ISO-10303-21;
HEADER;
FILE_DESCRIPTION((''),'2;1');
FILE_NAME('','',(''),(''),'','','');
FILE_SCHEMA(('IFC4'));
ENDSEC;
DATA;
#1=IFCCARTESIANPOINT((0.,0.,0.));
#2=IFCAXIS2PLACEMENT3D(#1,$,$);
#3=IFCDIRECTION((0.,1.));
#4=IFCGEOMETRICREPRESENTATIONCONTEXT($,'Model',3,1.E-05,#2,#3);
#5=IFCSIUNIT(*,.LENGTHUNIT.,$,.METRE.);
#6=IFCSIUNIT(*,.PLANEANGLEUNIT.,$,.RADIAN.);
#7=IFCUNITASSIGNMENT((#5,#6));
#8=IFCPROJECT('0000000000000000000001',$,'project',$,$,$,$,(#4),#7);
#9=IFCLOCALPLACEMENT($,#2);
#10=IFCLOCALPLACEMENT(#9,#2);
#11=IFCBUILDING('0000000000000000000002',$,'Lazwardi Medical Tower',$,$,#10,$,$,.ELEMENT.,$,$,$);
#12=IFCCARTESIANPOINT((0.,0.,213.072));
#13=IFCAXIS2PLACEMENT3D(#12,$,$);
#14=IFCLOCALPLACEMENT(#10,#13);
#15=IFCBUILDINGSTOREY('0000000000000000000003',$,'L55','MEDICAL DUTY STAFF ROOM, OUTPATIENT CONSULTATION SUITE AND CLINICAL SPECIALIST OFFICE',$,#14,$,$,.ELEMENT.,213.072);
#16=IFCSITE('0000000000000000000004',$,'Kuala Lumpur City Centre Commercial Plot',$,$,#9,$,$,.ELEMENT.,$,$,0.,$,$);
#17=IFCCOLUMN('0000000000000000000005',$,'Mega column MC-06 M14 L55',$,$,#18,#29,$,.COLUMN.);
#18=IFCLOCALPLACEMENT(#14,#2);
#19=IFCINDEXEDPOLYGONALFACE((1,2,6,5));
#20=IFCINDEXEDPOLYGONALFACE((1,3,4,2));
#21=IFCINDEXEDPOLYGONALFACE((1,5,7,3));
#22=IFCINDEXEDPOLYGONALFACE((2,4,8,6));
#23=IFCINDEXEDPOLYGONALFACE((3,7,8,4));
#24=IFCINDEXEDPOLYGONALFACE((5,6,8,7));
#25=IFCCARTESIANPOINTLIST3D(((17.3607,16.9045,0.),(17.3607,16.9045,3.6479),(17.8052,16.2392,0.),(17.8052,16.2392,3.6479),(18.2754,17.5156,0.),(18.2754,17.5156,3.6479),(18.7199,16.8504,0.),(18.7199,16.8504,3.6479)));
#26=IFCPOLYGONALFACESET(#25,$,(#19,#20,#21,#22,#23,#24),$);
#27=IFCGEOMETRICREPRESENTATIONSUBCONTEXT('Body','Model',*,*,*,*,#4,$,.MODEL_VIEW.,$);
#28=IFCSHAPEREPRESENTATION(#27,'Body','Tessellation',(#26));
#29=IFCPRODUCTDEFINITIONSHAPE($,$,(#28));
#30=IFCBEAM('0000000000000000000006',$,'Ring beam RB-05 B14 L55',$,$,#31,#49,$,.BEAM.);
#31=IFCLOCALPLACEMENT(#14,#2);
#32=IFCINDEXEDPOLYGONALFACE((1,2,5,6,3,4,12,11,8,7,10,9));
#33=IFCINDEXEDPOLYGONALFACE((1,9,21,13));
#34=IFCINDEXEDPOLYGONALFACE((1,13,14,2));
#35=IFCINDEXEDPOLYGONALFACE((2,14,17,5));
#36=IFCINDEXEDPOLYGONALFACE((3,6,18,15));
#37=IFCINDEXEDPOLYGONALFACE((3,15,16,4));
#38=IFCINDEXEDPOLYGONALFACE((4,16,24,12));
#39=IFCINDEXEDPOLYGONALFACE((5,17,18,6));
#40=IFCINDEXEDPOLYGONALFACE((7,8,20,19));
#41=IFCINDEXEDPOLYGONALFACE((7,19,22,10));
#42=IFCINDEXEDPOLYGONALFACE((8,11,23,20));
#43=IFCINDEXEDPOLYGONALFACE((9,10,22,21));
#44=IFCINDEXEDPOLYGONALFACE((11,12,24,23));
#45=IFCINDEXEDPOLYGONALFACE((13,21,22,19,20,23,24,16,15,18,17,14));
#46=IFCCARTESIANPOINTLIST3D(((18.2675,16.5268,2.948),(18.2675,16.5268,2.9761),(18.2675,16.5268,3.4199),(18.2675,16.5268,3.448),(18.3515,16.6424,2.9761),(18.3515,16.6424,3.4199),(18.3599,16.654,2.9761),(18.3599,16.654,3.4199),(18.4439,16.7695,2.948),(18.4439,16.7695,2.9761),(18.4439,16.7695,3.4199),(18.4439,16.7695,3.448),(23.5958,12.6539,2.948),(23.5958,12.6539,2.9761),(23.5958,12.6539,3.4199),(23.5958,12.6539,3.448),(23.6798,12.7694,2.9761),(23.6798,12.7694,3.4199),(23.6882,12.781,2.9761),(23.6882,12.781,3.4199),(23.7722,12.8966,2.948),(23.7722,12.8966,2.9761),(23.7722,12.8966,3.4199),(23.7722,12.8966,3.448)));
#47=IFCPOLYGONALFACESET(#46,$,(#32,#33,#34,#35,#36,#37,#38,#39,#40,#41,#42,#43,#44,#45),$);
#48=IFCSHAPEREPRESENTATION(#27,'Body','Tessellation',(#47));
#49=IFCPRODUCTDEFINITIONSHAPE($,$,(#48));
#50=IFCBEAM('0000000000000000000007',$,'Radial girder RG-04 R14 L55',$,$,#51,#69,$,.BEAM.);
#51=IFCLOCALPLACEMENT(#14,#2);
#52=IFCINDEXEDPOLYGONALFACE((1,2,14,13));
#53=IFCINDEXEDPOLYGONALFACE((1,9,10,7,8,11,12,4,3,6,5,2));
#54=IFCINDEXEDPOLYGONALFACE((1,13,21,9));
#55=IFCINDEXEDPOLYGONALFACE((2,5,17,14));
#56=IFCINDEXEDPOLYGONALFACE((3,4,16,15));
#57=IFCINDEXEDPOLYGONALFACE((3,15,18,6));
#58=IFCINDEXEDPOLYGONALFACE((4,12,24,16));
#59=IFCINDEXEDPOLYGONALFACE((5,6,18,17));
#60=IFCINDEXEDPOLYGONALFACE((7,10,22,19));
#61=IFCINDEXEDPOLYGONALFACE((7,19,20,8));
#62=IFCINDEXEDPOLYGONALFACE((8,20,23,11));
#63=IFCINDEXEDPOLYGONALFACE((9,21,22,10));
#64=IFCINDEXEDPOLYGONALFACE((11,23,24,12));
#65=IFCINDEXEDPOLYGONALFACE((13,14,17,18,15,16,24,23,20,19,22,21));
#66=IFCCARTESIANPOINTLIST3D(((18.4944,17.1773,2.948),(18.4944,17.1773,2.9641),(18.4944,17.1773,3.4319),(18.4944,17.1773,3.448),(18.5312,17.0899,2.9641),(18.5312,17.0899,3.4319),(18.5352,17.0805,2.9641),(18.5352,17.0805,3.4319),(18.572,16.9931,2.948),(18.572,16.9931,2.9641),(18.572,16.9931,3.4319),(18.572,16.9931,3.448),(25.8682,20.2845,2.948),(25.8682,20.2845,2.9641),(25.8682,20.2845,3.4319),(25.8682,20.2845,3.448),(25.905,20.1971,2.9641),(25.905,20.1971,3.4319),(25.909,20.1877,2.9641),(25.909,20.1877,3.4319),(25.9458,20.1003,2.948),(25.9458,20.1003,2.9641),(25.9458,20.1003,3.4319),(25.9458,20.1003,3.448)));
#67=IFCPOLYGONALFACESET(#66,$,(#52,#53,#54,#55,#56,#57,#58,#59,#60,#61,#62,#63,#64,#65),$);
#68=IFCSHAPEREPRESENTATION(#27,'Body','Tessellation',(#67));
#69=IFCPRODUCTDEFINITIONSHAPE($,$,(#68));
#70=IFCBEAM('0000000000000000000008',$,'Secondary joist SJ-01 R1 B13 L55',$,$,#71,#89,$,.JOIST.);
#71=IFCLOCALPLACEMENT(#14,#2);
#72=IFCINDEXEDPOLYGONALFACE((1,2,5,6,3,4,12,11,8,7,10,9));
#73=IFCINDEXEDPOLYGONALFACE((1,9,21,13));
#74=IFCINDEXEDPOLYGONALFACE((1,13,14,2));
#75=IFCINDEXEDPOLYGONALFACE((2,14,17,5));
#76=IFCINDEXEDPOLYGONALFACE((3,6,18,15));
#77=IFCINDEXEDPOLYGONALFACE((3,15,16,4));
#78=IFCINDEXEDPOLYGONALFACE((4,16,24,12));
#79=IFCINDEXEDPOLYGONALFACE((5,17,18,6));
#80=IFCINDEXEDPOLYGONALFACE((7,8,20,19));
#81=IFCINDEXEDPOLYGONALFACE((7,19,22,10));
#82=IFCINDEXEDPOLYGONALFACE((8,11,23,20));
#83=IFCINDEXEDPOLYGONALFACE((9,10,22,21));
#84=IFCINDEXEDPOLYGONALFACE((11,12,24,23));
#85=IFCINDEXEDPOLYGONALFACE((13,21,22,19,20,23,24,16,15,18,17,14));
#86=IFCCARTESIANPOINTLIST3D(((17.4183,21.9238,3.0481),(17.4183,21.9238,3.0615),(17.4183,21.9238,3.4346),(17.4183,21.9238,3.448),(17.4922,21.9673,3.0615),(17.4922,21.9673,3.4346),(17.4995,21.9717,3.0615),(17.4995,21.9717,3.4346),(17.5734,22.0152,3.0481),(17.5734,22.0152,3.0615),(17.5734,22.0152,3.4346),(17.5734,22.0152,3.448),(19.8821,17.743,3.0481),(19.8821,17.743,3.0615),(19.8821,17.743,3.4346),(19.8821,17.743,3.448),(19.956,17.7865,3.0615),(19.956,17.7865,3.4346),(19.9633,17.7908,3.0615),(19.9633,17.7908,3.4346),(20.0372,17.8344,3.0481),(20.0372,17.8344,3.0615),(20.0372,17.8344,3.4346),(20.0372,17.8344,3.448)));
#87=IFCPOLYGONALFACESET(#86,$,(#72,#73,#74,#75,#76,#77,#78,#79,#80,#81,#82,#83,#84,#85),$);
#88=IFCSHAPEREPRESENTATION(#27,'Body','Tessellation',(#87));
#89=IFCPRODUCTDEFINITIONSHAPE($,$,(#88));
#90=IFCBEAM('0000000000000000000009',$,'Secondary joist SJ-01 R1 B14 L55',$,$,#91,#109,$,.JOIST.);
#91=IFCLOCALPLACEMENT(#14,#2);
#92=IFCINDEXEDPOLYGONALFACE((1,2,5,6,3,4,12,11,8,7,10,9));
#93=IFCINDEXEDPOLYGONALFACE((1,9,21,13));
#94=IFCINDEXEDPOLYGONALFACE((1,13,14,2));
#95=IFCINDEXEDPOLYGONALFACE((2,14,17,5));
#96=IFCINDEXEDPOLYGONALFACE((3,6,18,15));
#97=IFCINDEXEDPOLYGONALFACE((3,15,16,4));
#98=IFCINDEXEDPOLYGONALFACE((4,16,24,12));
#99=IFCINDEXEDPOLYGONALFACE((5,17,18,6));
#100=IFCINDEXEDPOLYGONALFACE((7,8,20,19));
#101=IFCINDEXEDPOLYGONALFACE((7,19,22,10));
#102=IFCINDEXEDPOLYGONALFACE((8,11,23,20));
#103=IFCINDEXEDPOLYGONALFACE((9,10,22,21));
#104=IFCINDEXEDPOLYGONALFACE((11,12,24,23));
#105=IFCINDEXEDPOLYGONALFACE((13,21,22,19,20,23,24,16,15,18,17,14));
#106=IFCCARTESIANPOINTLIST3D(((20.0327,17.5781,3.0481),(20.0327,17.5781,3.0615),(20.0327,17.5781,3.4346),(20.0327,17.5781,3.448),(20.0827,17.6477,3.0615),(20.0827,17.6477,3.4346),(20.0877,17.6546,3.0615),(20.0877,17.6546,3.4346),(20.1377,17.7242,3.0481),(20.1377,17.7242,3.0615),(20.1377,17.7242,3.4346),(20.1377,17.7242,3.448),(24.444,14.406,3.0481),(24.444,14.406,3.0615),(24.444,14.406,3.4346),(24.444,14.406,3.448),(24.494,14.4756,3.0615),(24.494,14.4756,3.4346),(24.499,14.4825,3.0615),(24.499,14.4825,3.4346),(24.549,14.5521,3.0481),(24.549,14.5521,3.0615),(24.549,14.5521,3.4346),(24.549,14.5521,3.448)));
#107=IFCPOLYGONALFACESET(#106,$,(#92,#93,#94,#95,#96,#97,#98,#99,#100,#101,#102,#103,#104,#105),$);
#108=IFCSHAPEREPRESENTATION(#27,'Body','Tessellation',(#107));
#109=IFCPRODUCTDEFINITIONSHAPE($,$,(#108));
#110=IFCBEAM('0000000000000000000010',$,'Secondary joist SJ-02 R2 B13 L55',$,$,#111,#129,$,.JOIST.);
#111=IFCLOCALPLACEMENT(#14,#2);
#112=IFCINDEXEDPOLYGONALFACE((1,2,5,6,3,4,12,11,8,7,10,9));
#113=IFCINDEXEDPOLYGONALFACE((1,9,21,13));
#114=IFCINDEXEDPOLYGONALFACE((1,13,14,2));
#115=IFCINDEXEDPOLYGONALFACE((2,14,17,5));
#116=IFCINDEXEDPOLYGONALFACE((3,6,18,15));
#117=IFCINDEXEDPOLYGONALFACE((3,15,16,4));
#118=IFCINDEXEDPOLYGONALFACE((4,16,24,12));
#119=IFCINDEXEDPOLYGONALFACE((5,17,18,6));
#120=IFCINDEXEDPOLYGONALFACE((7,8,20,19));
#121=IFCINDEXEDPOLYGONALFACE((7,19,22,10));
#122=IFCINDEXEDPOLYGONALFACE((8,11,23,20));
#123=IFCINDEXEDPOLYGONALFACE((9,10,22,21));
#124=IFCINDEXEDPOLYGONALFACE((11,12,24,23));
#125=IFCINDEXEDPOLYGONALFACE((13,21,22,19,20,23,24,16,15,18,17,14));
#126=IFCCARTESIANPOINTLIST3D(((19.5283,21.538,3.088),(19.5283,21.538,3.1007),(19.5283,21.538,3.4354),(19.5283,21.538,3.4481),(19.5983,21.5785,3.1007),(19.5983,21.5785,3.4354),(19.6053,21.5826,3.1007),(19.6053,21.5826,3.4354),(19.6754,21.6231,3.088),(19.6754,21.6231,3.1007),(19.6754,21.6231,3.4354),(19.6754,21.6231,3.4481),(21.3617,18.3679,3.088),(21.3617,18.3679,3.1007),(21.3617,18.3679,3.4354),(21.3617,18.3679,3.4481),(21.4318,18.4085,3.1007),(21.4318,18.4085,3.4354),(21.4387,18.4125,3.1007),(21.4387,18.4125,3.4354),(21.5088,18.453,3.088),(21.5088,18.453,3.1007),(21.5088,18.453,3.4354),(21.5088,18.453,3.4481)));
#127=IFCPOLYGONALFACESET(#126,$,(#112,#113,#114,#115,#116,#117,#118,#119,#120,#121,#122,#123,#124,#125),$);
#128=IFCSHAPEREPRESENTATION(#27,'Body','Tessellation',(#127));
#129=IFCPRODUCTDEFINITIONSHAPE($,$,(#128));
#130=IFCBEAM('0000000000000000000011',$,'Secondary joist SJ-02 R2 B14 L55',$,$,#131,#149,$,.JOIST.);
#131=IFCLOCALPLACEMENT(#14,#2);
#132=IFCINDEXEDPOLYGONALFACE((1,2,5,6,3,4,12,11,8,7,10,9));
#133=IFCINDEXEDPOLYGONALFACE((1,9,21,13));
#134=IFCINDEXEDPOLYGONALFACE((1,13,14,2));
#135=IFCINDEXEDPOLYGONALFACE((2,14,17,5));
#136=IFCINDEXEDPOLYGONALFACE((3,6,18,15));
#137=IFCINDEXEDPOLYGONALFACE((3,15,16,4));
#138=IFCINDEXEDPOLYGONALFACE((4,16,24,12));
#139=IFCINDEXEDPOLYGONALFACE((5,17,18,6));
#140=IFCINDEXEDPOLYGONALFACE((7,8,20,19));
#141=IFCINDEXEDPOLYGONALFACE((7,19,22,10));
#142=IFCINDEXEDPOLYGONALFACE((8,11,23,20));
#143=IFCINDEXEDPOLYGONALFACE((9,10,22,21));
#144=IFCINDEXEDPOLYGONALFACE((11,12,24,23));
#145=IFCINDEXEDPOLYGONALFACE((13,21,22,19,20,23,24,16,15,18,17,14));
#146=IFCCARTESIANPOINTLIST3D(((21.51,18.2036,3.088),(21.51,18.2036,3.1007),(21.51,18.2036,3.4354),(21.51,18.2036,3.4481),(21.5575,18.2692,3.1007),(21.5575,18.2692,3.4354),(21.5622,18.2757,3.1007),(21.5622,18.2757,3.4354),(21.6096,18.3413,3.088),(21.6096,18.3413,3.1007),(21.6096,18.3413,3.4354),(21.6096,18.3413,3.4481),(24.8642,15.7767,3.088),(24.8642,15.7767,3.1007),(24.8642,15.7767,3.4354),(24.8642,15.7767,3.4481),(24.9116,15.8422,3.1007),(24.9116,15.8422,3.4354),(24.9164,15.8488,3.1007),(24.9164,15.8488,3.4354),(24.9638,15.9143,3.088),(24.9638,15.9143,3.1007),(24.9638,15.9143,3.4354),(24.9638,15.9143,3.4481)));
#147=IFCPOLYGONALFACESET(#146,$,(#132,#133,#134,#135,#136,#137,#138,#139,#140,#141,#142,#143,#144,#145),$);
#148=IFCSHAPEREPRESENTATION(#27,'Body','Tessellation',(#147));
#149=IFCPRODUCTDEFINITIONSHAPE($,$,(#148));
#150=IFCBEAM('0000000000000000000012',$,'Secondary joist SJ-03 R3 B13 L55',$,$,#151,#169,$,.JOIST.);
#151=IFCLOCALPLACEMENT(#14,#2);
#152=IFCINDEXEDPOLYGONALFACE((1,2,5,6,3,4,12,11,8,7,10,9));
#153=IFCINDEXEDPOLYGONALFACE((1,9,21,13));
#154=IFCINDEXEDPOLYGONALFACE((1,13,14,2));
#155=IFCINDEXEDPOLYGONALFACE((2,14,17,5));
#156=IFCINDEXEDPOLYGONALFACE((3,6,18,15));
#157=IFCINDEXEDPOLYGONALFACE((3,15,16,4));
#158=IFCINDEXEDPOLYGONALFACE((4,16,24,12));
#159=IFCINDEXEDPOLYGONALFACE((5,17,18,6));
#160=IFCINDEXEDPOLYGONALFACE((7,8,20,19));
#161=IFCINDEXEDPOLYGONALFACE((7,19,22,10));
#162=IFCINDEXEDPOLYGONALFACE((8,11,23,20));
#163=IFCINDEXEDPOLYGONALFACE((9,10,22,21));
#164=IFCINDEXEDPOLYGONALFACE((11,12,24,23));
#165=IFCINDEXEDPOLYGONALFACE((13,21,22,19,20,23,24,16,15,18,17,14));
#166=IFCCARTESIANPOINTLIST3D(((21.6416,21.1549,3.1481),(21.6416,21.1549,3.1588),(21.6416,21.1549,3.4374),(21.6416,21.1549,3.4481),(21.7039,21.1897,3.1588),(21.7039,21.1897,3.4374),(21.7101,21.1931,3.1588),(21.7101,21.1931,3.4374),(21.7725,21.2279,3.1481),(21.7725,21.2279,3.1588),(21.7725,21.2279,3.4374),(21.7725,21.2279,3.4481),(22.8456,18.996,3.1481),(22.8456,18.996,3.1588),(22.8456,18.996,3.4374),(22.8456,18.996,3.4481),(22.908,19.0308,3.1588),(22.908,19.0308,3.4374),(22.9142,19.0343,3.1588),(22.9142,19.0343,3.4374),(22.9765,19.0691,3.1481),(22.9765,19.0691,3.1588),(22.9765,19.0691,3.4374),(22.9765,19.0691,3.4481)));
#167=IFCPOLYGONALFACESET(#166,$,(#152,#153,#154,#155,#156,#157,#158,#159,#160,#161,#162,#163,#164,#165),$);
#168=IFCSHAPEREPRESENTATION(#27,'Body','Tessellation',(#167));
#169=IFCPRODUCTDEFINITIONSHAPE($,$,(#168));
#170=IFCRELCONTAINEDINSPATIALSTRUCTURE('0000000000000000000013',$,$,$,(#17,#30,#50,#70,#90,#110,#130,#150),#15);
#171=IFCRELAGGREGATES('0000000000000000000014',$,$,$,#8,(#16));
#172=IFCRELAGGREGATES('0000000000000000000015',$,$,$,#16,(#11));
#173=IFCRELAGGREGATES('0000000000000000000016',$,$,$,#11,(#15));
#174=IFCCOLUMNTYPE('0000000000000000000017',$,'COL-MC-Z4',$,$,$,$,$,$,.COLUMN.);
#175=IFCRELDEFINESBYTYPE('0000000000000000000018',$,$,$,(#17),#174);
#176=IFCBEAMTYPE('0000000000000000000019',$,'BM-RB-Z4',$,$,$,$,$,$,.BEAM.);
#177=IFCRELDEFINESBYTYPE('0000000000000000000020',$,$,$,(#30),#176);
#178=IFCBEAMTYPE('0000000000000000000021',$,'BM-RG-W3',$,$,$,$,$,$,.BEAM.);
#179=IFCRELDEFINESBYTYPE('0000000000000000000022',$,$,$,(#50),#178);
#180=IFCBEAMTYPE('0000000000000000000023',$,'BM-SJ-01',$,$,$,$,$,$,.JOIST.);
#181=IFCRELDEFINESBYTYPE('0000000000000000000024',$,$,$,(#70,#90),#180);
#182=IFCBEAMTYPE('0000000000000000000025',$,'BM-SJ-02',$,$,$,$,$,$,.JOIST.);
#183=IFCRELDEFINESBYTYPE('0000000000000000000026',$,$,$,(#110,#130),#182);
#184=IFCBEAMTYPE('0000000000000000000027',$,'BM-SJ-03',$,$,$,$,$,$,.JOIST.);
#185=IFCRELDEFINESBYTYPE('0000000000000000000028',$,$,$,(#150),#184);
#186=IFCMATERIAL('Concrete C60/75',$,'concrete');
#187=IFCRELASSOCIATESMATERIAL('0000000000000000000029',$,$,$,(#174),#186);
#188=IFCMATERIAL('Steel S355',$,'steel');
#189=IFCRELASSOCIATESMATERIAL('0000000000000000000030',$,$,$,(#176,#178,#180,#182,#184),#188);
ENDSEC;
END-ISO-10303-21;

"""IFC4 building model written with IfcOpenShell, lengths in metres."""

from ifc_helpers import new_model, si_unit, direction, frame, origin, origin_2d, place, context, subcontext, project, spatial, rectangle, i_section, extrude, material, material_profile, profile_set, type_object, element, save


model = new_model("IFC4")

# Units and contexts
model_context = context("Model", 3, precision=1e-05, world=origin(), true_north=direction((0.0, 1.0)))
body_context = subcontext(model_context, "Body", "Model", "MODEL_VIEW")
ifc_project = project(units=[si_unit("LENGTHUNIT", "METRE"), si_unit("PLANEANGLEUNIT", "RADIAN")], contexts=[model_context])

# Site, building, storey
site_placement = place(None, origin())
site = spatial("IfcSite", under=ifc_project, at=site_placement, Name="Kuala Lumpur City Centre Commercial Plot", CompositionType="ELEMENT", RefElevation=0.0)
building_placement = place(site_placement, origin())
building = spatial("IfcBuilding", under=site, at=building_placement, Name="Lazwardi Medical Tower", CompositionType="ELEMENT")
storey_placement = place(building_placement, frame((0.0, 0.0, 213.072)))
storey = spatial("IfcBuildingStorey", under=building, at=storey_placement, Name="L55", Description="MEDICAL DUTY STAFF ROOM, OUTPATIENT CONSULTATION SUITE AND CLINICAL SPECIALIST OFFICE", CompositionType="ELEMENT", Elevation=213.072)

# Column
ifc_material_1 = material(Name="Concrete C60/75", Category="concrete")
ifc_material_profile_1 = material_profile(ifc_material_1, rectangle(XDim=1.1001, YDim=0.8, at=origin_2d()), Name="CFT-RECT 1100x800")
ifc_profile_set_1 = profile_set([ifc_material_profile_1], Name="Concrete C60/75")
column_type = type_object("IfcColumnType", Name="COL-MC-Z4", PredefinedType="COLUMN", material=ifc_profile_set_1)
column_placement = place(storey_placement, frame((18.0403, 16.8774, 0.0), z_axis=(0.0, 0.0, 1.0), x_axis=(-0.83147, -0.55557, 0.0)))
element("IfcColumn", 1, at=column_placement, inside=storey, type_object=column_type, Name="Mega column MC-06 M14 L55", PredefinedType="COLUMN", context=body_context, shape_type="SweptSolid", body=[
    extrude(rectangle(XDim=1.1001, YDim=0.8, at=origin_2d()), origin(), (0.0, 0.0, 1.0), 3.6479),
])

# Beams
ifc_material_2 = material(Name="Steel S355", Category="steel")
ifc_material_profile_2 = material_profile(ifc_material_2, i_section(OverallWidth=0.3, OverallDepth=0.5, WebThickness=0.0144, FlangeThickness=0.0281, at=origin_2d()), Name="HEB 500")
ifc_profile_set_2 = profile_set([ifc_material_profile_2], Name="Steel S355")
beam_type_1 = type_object("IfcBeamType", Name="BM-RB-Z4", PredefinedType="BEAM", material=ifc_profile_set_2)
beam_1_placement = place(storey_placement, frame((18.3557, 16.6482, 3.198), z_axis=(0.80889, -0.58796, 0.0), x_axis=(0.58796, 0.80889, 0.0)))
element("IfcBeam", 2, at=beam_1_placement, inside=storey, type_object=beam_type_1, Name="Ring beam RB-05 B14 L55", PredefinedType="BEAM", context=body_context, shape_type="SweptSolid", body=[
    extrude(i_section(OverallWidth=0.3, OverallDepth=0.5, WebThickness=0.0144, FlangeThickness=0.0281, at=origin_2d()), origin(), (0.0, 0.0, 1.0), 6.5872),
])
ifc_material_profile_3 = material_profile(ifc_material_2, i_section(OverallWidth=0.2, OverallDepth=0.5, WebThickness=0.0103, FlangeThickness=0.0161, at=origin_2d()), Name="IPE 500")
ifc_profile_set_3 = profile_set([ifc_material_profile_3], Name="Steel S355")
beam_type_2 = type_object("IfcBeamType", Name="BM-RG-W3", PredefinedType="BEAM", material=ifc_profile_set_3)
beam_2_placement = place(storey_placement, frame((18.5332, 17.0852, 3.198), z_axis=(0.921527, 0.388315, 0.0), x_axis=(-0.388315, 0.921527, 0.0)))
element("IfcBeam", 3, at=beam_2_placement, inside=storey, type_object=beam_type_2, Name="Radial girder RG-04 R14 L55", PredefinedType="BEAM", context=body_context, shape_type="SweptSolid", body=[
    extrude(i_section(OverallWidth=0.2, OverallDepth=0.5, WebThickness=0.0103, FlangeThickness=0.0161, at=origin_2d()), origin(), (0.0, 0.0, 1.0), 8.0017),
])
ifc_material_profile_4 = material_profile(ifc_material_2, i_section(OverallWidth=0.1799, OverallDepth=0.3999, WebThickness=0.0085, FlangeThickness=0.0134, at=origin_2d()), Name="IPE 400")
ifc_profile_set_4 = profile_set([ifc_material_profile_4], Name="Steel S355")
beam_type_3 = type_object("IfcBeamType", Name="BM-SJ-01", PredefinedType="JOIST", material=ifc_profile_set_4)
beam_3_placement = place(storey_placement, frame((17.4958, 21.9695, 3.248), z_axis=(0.50771, -0.861528, 0.0), x_axis=(0.861528, 0.50771, 0.0)))
element("IfcBeam", 4, at=beam_3_placement, inside=storey, type_object=beam_type_3, Name="Secondary joist SJ-01 R1 B13 L55", PredefinedType="JOIST", context=body_context, shape_type="SweptSolid", body=[
    extrude(i_section(OverallWidth=0.1799, OverallDepth=0.3999, WebThickness=0.0085, FlangeThickness=0.0134, at=origin_2d()), origin(), (0.0, 0.0, 1.0), 4.8528),
])
beam_4_placement = place(storey_placement, frame((20.0852, 17.6511, 3.248), z_axis=(0.81189, -0.583811, 0.0), x_axis=(0.583811, 0.81189, 0.0)))
element("IfcBeam", 5, at=beam_4_placement, inside=storey, type_object=beam_type_3, Name="Secondary joist SJ-01 R1 B14 L55", PredefinedType="JOIST", context=body_context, shape_type="SweptSolid", body=[
    extrude(i_section(OverallWidth=0.1799, OverallDepth=0.3999, WebThickness=0.0085, FlangeThickness=0.0134, at=origin_2d()), origin(), (0.0, 0.0, 1.0), 5.4333),
])
ifc_material_profile_5 = material_profile(ifc_material_2, i_section(OverallWidth=0.1699, OverallDepth=0.3601, WebThickness=0.0081, FlangeThickness=0.0127, at=origin_2d()), Name="IPE 360")
ifc_profile_set_5 = profile_set([ifc_material_profile_5], Name="Steel S355")
beam_type_4 = type_object("IfcBeamType", Name="BM-SJ-02", PredefinedType="JOIST", material=ifc_profile_set_5)
beam_5_placement = place(storey_placement, frame((19.6018, 21.5806, 3.2681), z_axis=(0.500655, -0.865647, 0.0), x_axis=(0.865647, 0.500655, 0.0)))
element("IfcBeam", 6, at=beam_5_placement, inside=storey, type_object=beam_type_4, Name="Secondary joist SJ-02 R2 B13 L55", PredefinedType="JOIST", context=body_context, shape_type="SweptSolid", body=[
    extrude(i_section(OverallWidth=0.1699, OverallDepth=0.3601, WebThickness=0.0081, FlangeThickness=0.0127, at=origin_2d()), origin(), (0.0, 0.0, 1.0), 3.6621),
])
beam_6_placement = place(storey_placement, frame((21.5598, 18.2725, 3.2681), z_axis=(0.810164, -0.586203, 0.0), x_axis=(0.586203, 0.810164, 0.0)))
element("IfcBeam", 7, at=beam_6_placement, inside=storey, type_object=beam_type_4, Name="Secondary joist SJ-02 R2 B14 L55", PredefinedType="JOIST", context=body_context, shape_type="SweptSolid", body=[
    extrude(i_section(OverallWidth=0.1699, OverallDepth=0.3601, WebThickness=0.0081, FlangeThickness=0.0127, at=origin_2d()), origin(), (0.0, 0.0, 1.0), 4.1401),
])
ifc_material_profile_6 = material_profile(ifc_material_2, i_section(OverallWidth=0.1499, OverallDepth=0.3, WebThickness=0.0071, FlangeThickness=0.0107, at=origin_2d()), Name="IPE 300")
ifc_profile_set_6 = profile_set([ifc_material_profile_6], Name="Steel S355")
beam_type_5 = type_object("IfcBeamType", Name="BM-SJ-03", PredefinedType="JOIST", material=ifc_profile_set_6)
beam_7_placement = place(storey_placement, frame((21.707, 21.1914, 3.2981), z_axis=(0.487093, -0.87335, 0.0), x_axis=(0.87335, 0.487093, 0.0)))
element("IfcBeam", 8, at=beam_7_placement, inside=storey, type_object=beam_type_5, Name="Secondary joist SJ-03 R3 B13 L55", PredefinedType="JOIST", context=body_context, shape_type="SweptSolid", body=[
    extrude(i_section(OverallWidth=0.1499, OverallDepth=0.3, WebThickness=0.0071, FlangeThickness=0.0107, at=origin_2d()), origin(), (0.0, 0.0, 1.0), 2.4719),
])

save(model, "model.ifc")
